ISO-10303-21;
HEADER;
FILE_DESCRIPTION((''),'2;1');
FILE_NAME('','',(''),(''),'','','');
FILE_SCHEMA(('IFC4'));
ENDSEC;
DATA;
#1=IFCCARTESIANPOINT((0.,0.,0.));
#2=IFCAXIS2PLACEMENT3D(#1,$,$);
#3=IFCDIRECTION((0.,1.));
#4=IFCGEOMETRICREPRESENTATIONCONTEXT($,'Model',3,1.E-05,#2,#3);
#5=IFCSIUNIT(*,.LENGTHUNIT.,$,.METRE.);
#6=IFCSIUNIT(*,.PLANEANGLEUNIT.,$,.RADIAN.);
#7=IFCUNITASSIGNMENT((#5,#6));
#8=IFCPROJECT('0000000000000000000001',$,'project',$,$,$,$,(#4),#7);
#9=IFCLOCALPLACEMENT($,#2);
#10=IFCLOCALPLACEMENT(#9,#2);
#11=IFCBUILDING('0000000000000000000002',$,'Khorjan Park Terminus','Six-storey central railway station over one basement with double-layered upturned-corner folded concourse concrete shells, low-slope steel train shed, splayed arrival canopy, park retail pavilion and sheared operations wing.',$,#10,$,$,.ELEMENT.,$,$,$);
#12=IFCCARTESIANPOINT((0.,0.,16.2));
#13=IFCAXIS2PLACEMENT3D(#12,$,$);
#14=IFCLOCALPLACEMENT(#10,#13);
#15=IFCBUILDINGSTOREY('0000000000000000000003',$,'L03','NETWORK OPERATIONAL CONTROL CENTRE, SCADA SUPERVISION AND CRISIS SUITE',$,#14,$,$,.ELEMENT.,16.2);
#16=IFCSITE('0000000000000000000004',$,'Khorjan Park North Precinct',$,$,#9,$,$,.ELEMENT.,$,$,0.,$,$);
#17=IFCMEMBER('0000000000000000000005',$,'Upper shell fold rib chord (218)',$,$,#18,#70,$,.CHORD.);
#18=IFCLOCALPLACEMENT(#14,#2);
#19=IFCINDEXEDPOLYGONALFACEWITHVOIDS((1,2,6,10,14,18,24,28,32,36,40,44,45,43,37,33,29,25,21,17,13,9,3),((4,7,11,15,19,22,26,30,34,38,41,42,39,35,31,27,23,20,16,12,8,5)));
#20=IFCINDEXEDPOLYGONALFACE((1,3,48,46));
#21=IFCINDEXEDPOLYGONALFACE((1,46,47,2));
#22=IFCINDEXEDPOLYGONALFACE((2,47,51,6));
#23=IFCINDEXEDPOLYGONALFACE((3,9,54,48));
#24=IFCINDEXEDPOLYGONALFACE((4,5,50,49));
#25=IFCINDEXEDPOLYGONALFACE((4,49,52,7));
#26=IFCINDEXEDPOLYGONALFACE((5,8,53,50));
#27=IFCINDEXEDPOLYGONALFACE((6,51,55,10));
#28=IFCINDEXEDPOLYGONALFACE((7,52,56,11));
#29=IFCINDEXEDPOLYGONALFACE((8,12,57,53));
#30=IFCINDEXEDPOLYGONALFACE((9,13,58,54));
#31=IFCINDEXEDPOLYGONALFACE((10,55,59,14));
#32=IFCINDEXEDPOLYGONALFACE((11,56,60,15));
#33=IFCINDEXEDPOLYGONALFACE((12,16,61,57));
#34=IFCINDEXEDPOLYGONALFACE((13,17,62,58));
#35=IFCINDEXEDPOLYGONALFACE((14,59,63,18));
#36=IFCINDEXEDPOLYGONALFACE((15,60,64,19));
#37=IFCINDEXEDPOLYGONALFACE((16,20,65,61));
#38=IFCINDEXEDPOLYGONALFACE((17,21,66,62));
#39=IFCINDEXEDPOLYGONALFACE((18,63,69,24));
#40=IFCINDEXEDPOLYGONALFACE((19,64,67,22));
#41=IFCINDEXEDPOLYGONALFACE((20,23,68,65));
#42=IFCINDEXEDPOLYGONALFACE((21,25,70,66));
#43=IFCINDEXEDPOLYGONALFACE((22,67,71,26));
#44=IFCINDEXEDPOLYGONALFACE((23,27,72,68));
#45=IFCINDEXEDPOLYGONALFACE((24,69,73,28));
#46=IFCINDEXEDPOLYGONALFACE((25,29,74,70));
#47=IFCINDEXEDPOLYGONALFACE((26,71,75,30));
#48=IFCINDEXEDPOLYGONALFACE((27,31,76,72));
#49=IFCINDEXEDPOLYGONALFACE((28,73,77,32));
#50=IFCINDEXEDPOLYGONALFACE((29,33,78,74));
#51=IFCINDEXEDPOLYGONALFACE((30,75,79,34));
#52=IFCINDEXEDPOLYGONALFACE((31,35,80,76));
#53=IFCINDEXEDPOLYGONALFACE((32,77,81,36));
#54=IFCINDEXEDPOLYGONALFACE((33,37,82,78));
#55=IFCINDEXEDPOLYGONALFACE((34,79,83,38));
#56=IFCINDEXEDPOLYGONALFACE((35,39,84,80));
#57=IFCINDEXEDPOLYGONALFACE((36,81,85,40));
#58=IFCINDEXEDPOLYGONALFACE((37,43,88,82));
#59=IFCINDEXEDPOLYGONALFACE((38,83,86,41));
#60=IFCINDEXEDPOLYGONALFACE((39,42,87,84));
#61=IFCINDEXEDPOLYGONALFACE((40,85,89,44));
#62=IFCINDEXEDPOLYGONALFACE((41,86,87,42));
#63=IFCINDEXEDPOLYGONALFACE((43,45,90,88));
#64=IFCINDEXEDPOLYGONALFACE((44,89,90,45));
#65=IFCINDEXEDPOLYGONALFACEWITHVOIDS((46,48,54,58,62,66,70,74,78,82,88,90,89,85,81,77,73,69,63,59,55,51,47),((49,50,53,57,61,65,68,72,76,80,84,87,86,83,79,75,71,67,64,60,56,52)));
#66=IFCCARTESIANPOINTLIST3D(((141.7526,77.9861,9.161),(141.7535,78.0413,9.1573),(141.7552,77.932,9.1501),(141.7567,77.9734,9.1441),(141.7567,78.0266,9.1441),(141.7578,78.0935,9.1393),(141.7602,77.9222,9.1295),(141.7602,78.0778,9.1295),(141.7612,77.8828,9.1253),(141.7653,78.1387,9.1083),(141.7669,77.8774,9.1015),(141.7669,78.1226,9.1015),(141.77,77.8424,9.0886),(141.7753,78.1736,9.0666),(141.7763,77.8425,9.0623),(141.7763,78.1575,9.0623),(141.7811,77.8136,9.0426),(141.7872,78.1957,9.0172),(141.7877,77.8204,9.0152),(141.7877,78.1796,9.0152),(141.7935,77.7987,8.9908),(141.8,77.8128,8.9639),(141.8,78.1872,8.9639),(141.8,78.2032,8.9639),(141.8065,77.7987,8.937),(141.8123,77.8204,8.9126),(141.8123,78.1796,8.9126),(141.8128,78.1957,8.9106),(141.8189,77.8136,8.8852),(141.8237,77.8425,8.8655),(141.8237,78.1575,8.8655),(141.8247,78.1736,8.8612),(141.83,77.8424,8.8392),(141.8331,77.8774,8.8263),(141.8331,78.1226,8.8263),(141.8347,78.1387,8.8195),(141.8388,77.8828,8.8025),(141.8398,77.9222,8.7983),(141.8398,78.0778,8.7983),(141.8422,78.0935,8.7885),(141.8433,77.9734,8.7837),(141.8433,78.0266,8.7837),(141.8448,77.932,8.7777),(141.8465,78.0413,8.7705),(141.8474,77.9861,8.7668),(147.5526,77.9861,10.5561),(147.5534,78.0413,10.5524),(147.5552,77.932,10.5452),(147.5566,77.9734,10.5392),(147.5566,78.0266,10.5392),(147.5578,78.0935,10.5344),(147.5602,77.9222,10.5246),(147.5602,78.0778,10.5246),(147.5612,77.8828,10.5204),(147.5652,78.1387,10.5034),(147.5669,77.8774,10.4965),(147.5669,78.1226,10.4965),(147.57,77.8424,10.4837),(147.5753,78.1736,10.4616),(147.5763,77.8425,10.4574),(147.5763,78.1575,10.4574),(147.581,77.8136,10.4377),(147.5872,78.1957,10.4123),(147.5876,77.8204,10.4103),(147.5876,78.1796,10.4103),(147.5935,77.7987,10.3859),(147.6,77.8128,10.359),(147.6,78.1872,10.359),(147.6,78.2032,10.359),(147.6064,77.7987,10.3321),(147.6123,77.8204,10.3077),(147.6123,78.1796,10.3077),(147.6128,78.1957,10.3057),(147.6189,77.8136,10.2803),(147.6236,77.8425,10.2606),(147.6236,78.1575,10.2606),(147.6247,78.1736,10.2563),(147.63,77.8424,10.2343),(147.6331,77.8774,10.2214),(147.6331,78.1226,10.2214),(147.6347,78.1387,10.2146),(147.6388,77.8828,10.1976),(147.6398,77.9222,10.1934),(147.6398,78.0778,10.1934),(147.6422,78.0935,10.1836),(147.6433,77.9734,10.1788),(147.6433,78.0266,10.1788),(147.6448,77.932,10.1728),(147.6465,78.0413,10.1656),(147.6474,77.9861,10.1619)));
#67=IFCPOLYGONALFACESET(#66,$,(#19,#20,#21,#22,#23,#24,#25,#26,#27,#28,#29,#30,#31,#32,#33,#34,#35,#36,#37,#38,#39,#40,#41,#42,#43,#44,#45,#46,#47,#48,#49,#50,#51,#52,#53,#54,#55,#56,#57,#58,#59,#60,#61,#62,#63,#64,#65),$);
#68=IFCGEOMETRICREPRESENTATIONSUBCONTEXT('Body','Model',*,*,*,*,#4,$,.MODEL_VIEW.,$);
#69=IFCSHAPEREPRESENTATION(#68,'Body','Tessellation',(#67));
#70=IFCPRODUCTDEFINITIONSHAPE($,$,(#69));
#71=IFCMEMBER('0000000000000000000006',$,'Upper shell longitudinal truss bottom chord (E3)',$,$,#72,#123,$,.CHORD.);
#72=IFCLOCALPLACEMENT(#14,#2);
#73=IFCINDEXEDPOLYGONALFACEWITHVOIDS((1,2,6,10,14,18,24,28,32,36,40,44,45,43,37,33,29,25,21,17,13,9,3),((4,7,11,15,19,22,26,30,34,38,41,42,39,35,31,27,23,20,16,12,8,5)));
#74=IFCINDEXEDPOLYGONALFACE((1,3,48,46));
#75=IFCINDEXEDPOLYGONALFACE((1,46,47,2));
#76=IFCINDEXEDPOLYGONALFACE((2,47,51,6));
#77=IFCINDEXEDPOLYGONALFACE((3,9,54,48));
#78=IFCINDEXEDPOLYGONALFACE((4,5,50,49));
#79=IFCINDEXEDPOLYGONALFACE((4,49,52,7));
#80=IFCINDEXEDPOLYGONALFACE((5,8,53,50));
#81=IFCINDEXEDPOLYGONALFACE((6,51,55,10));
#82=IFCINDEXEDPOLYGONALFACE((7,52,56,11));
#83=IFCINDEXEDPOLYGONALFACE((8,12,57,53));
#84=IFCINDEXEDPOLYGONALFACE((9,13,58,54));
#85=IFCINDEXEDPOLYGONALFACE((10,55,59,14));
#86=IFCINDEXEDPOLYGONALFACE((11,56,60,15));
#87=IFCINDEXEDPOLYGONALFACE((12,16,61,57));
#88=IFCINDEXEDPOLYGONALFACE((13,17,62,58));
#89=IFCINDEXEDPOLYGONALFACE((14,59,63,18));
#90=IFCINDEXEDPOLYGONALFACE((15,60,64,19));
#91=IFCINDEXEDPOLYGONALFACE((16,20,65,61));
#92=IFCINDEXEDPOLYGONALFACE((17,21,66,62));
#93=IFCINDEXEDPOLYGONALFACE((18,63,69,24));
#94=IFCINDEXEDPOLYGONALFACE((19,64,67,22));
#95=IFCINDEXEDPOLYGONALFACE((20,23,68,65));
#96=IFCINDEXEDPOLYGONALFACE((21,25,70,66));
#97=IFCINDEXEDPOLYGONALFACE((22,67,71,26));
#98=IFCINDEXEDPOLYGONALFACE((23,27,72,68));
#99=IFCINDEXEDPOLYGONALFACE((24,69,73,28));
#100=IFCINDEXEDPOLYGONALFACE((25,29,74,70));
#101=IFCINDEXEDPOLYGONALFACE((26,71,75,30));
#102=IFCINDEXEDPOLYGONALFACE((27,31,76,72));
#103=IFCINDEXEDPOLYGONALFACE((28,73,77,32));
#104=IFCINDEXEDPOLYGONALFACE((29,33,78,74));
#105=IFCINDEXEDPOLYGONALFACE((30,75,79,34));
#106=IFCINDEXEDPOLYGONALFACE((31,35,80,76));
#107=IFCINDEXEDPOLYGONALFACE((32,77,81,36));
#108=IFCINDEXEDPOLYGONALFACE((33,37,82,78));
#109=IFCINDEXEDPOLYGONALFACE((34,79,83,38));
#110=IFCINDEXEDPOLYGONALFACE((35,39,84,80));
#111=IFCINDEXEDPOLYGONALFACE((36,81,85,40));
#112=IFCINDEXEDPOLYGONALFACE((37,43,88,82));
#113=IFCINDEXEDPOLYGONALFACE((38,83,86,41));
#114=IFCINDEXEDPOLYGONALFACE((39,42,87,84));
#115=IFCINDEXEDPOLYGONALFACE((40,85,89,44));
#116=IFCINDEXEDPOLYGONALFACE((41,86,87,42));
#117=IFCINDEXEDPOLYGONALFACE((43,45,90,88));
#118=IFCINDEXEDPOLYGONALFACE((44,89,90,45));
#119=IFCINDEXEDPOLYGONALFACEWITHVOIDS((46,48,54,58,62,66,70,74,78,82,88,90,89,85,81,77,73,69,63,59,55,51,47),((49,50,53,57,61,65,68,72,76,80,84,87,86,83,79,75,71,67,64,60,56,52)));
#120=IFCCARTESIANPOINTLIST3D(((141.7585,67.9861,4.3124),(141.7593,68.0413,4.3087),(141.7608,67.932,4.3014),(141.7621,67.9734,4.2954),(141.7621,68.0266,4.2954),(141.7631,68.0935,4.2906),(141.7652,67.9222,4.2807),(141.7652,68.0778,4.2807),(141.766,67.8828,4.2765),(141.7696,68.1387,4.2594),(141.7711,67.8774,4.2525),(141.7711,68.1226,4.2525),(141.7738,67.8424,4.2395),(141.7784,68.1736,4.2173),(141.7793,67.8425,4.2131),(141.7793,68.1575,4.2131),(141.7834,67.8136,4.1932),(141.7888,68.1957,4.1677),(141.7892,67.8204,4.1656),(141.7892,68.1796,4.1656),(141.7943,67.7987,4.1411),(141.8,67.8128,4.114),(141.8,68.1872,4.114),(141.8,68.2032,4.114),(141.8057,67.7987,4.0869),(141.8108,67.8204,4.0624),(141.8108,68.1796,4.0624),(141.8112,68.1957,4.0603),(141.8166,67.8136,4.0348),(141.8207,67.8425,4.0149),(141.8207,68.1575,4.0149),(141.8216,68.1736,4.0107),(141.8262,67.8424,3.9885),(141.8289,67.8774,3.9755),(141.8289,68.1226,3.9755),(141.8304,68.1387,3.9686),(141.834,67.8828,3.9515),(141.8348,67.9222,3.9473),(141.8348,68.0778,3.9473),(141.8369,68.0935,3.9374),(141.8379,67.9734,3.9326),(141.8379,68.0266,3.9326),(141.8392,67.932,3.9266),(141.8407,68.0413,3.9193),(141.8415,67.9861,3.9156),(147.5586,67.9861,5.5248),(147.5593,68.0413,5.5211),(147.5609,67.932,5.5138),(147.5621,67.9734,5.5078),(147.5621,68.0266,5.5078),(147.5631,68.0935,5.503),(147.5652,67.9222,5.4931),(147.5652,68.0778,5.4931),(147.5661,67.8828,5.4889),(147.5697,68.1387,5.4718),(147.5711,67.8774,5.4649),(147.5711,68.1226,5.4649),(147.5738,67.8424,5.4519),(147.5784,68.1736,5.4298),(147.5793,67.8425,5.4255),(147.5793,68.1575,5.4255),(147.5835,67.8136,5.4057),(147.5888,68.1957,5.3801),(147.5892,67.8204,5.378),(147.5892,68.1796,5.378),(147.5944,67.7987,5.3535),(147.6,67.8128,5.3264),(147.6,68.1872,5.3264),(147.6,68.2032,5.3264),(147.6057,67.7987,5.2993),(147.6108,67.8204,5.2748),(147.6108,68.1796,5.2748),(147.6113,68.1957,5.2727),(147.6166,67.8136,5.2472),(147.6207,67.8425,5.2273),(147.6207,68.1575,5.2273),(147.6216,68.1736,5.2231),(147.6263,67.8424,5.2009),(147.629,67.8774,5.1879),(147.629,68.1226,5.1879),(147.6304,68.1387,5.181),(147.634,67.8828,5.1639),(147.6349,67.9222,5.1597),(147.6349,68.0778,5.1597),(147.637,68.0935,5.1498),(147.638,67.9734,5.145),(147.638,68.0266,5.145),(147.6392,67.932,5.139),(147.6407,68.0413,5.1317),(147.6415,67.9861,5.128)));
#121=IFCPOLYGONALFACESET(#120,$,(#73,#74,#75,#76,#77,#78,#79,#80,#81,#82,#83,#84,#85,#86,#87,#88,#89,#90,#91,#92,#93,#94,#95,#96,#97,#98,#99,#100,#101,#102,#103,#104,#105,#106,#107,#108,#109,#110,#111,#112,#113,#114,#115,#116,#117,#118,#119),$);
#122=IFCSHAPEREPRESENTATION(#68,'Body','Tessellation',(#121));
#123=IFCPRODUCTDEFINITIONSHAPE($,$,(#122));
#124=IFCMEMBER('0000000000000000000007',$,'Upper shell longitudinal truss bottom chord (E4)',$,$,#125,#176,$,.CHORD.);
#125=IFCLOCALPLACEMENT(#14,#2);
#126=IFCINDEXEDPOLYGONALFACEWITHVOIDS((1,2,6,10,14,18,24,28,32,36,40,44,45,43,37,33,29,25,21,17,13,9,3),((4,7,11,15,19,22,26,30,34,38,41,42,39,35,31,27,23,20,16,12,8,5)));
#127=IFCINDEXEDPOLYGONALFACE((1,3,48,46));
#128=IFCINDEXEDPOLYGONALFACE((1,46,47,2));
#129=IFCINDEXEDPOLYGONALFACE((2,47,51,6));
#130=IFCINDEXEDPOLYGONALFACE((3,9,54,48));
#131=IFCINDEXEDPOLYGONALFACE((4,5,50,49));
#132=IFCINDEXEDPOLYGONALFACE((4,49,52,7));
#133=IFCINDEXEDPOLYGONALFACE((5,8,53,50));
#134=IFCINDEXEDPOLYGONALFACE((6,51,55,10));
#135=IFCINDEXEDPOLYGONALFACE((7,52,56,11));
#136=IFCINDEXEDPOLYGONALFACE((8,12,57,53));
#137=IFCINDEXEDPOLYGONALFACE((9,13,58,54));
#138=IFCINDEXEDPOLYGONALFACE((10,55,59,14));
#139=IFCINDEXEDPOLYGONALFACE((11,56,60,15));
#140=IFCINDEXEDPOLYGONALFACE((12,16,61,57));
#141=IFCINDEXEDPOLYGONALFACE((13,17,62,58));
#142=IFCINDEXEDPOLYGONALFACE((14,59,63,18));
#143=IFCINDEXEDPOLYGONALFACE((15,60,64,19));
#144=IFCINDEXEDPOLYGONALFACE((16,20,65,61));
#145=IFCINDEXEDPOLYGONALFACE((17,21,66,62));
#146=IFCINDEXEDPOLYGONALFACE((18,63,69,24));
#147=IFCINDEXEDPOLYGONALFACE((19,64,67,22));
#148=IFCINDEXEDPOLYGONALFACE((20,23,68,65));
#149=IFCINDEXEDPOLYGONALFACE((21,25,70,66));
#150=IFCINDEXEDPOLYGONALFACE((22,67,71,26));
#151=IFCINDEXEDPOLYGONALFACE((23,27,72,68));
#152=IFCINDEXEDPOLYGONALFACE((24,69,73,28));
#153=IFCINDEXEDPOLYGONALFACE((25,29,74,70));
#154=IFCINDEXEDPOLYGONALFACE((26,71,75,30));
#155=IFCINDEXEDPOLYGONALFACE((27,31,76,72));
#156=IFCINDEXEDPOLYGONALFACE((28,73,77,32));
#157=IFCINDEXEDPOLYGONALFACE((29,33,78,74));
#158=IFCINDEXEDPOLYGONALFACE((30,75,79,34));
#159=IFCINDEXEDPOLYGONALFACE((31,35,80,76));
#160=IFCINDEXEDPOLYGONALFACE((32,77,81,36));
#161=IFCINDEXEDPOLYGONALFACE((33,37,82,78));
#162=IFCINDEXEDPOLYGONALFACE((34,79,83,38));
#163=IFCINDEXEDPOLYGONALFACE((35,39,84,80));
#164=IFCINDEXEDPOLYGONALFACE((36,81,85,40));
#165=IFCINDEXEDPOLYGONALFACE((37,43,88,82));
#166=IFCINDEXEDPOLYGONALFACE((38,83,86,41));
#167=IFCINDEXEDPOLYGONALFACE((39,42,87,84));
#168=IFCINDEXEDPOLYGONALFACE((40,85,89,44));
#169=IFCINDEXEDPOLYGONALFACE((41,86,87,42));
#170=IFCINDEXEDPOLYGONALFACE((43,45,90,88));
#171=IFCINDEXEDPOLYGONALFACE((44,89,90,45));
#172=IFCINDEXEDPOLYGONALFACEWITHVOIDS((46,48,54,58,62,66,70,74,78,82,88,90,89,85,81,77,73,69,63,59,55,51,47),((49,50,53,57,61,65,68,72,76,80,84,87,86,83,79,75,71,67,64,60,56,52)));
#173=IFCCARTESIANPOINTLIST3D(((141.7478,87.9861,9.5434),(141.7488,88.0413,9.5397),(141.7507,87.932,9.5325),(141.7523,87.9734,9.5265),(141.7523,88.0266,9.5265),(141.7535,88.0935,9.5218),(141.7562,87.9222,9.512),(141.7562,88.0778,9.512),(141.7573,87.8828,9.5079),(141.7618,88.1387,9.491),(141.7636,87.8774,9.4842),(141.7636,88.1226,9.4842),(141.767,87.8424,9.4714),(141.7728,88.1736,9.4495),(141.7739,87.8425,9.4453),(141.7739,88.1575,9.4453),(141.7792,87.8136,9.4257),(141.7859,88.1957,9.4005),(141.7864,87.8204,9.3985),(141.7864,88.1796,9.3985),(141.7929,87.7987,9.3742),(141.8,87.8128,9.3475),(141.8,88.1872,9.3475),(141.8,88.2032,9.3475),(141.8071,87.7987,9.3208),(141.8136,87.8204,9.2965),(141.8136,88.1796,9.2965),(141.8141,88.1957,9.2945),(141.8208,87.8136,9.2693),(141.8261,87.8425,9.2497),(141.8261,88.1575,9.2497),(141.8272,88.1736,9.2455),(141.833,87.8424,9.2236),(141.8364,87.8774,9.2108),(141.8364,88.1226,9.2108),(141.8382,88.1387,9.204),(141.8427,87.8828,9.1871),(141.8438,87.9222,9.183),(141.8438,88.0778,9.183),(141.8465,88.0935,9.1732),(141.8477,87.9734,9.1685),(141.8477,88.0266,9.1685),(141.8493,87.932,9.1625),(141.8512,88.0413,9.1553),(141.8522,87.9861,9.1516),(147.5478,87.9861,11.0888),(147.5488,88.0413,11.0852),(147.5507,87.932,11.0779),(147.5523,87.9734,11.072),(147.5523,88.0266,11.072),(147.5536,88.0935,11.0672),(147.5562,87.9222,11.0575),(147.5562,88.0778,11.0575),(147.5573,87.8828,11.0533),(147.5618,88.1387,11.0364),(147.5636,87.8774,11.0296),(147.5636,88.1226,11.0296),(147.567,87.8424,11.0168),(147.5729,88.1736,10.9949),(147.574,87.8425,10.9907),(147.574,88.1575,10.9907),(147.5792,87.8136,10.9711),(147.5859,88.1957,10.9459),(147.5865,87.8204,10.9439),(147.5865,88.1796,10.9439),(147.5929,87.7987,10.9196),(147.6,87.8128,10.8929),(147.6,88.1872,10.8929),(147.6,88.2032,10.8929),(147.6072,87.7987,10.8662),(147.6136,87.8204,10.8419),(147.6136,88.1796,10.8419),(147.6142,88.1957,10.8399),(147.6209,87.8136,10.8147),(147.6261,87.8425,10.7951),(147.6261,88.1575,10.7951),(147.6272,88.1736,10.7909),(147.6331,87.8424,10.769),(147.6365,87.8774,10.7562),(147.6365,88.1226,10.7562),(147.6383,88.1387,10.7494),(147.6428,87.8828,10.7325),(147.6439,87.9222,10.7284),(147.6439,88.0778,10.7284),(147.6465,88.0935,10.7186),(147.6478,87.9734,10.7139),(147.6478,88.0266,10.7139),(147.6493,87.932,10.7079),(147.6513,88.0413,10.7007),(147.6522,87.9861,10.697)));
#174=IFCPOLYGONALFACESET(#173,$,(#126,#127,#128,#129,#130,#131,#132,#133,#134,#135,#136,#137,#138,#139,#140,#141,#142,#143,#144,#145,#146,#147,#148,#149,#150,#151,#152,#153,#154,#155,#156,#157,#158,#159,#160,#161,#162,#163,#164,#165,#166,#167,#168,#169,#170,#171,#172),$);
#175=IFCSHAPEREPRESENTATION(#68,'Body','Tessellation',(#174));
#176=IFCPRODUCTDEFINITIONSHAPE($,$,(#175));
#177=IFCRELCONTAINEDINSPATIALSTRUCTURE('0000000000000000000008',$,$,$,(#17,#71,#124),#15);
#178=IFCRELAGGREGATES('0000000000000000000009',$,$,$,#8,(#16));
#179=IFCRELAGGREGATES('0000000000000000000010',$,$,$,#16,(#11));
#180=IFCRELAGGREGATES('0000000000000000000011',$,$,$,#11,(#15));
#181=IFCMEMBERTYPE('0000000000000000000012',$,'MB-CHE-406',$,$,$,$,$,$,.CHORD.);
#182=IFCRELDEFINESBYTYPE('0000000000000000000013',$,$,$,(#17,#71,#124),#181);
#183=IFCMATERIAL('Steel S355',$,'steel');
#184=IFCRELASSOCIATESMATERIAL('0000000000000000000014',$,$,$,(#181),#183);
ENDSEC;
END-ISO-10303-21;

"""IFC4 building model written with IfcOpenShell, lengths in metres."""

from ifc_helpers import new_model, si_unit, direction, frame, origin, origin_2d, place, context, subcontext, project, spatial, hollow_circle, extrude, material, material_profile, profile_set, type_object, element, save


model = new_model("IFC4")

# Units and contexts
model_context = context("Model", 3, precision=1e-05, world=origin(), true_north=direction((0.0, 1.0)))
body_context = subcontext(model_context, "Body", "Model", "MODEL_VIEW")
ifc_project = project(units=[si_unit("LENGTHUNIT", "METRE"), si_unit("PLANEANGLEUNIT", "RADIAN")], contexts=[model_context])

# Site, building, storey
site_placement = place(None, origin())
site = spatial("IfcSite", under=ifc_project, at=site_placement, Name="Khorjan Park North Precinct", CompositionType="ELEMENT", RefElevation=0.0)
building_placement = place(site_placement, origin())
building = spatial("IfcBuilding", under=site, at=building_placement, Name="Khorjan Park Terminus", Description="Six-storey central railway station over one basement with double-layered upturned-corner folded concourse concrete shells, low-slope steel train shed, splayed arrival canopy, park retail pavilion and sheared operations wing.", CompositionType="ELEMENT")
storey_placement = place(building_placement, frame((0.0, 0.0, 16.2)))
storey = spatial("IfcBuildingStorey", under=building, at=storey_placement, Name="L03", Description="NETWORK OPERATIONAL CONTROL CENTRE, SCADA SUPERVISION AND CRISIS SUITE", CompositionType="ELEMENT", Elevation=16.2)

# Shared definitions
ifc_material_1 = material(Name="Steel S355", Category="steel")

# Members
ifc_material_profile_1 = material_profile(ifc_material_1, hollow_circle(Radius=0.2032, WallThickness=0.016, at=origin_2d()), Name="CHS 406.4x16")
ifc_profile_set_1 = profile_set([ifc_material_profile_1], Name="Steel S355")
member_type_1 = type_object("IfcMemberType", Name="MB-CHE-406", PredefinedType="CHORD", material=ifc_profile_set_1)
member_1_placement = place(storey_placement, frame((141.8, 78.0, 8.9639), z_axis=(0.972269, 0.0, 0.233864), x_axis=(0.0, 1.0, 0.0)))
element("IfcMember", 1, at=member_1_placement, inside=storey, type_object=member_type_1, Name="Upper shell fold rib chord (218)", PredefinedType="CHORD", context=body_context, shape_type="SweptSolid", body=[
    extrude(hollow_circle(Radius=0.2032, WallThickness=0.016, at=origin_2d()), origin(), (0.0, 0.0, 1.0), 5.9654),
])
member_2_placement = place(storey_placement, frame((141.8, 68.0, 4.114), z_axis=(0.978843, 0.0, 0.204612), x_axis=(0.0, 1.0, 0.0)))
element("IfcMember", 2, at=member_2_placement, inside=storey, type_object=member_type_1, Name="Upper shell longitudinal truss bottom chord (E3)", PredefinedType="CHORD", context=body_context, shape_type="SweptSolid", body=[
    extrude(hollow_circle(Radius=0.2032, WallThickness=0.016, at=origin_2d()), origin(), (0.0, 0.0, 1.0), 5.9254),
])
member_3_placement = place(storey_placement, frame((141.8, 88.0, 9.3475), z_axis=(0.966287, 0.0, 0.257466), x_axis=(0.0, 1.0, 0.0)))
element("IfcMember", 3, at=member_3_placement, inside=storey, type_object=member_type_1, Name="Upper shell longitudinal truss bottom chord (E4)", PredefinedType="CHORD", context=body_context, shape_type="SweptSolid", body=[
    extrude(hollow_circle(Radius=0.2032, WallThickness=0.016, at=origin_2d()), origin(), (0.0, 0.0, 1.0), 6.0024),
])

save(model, "model.ifc")
